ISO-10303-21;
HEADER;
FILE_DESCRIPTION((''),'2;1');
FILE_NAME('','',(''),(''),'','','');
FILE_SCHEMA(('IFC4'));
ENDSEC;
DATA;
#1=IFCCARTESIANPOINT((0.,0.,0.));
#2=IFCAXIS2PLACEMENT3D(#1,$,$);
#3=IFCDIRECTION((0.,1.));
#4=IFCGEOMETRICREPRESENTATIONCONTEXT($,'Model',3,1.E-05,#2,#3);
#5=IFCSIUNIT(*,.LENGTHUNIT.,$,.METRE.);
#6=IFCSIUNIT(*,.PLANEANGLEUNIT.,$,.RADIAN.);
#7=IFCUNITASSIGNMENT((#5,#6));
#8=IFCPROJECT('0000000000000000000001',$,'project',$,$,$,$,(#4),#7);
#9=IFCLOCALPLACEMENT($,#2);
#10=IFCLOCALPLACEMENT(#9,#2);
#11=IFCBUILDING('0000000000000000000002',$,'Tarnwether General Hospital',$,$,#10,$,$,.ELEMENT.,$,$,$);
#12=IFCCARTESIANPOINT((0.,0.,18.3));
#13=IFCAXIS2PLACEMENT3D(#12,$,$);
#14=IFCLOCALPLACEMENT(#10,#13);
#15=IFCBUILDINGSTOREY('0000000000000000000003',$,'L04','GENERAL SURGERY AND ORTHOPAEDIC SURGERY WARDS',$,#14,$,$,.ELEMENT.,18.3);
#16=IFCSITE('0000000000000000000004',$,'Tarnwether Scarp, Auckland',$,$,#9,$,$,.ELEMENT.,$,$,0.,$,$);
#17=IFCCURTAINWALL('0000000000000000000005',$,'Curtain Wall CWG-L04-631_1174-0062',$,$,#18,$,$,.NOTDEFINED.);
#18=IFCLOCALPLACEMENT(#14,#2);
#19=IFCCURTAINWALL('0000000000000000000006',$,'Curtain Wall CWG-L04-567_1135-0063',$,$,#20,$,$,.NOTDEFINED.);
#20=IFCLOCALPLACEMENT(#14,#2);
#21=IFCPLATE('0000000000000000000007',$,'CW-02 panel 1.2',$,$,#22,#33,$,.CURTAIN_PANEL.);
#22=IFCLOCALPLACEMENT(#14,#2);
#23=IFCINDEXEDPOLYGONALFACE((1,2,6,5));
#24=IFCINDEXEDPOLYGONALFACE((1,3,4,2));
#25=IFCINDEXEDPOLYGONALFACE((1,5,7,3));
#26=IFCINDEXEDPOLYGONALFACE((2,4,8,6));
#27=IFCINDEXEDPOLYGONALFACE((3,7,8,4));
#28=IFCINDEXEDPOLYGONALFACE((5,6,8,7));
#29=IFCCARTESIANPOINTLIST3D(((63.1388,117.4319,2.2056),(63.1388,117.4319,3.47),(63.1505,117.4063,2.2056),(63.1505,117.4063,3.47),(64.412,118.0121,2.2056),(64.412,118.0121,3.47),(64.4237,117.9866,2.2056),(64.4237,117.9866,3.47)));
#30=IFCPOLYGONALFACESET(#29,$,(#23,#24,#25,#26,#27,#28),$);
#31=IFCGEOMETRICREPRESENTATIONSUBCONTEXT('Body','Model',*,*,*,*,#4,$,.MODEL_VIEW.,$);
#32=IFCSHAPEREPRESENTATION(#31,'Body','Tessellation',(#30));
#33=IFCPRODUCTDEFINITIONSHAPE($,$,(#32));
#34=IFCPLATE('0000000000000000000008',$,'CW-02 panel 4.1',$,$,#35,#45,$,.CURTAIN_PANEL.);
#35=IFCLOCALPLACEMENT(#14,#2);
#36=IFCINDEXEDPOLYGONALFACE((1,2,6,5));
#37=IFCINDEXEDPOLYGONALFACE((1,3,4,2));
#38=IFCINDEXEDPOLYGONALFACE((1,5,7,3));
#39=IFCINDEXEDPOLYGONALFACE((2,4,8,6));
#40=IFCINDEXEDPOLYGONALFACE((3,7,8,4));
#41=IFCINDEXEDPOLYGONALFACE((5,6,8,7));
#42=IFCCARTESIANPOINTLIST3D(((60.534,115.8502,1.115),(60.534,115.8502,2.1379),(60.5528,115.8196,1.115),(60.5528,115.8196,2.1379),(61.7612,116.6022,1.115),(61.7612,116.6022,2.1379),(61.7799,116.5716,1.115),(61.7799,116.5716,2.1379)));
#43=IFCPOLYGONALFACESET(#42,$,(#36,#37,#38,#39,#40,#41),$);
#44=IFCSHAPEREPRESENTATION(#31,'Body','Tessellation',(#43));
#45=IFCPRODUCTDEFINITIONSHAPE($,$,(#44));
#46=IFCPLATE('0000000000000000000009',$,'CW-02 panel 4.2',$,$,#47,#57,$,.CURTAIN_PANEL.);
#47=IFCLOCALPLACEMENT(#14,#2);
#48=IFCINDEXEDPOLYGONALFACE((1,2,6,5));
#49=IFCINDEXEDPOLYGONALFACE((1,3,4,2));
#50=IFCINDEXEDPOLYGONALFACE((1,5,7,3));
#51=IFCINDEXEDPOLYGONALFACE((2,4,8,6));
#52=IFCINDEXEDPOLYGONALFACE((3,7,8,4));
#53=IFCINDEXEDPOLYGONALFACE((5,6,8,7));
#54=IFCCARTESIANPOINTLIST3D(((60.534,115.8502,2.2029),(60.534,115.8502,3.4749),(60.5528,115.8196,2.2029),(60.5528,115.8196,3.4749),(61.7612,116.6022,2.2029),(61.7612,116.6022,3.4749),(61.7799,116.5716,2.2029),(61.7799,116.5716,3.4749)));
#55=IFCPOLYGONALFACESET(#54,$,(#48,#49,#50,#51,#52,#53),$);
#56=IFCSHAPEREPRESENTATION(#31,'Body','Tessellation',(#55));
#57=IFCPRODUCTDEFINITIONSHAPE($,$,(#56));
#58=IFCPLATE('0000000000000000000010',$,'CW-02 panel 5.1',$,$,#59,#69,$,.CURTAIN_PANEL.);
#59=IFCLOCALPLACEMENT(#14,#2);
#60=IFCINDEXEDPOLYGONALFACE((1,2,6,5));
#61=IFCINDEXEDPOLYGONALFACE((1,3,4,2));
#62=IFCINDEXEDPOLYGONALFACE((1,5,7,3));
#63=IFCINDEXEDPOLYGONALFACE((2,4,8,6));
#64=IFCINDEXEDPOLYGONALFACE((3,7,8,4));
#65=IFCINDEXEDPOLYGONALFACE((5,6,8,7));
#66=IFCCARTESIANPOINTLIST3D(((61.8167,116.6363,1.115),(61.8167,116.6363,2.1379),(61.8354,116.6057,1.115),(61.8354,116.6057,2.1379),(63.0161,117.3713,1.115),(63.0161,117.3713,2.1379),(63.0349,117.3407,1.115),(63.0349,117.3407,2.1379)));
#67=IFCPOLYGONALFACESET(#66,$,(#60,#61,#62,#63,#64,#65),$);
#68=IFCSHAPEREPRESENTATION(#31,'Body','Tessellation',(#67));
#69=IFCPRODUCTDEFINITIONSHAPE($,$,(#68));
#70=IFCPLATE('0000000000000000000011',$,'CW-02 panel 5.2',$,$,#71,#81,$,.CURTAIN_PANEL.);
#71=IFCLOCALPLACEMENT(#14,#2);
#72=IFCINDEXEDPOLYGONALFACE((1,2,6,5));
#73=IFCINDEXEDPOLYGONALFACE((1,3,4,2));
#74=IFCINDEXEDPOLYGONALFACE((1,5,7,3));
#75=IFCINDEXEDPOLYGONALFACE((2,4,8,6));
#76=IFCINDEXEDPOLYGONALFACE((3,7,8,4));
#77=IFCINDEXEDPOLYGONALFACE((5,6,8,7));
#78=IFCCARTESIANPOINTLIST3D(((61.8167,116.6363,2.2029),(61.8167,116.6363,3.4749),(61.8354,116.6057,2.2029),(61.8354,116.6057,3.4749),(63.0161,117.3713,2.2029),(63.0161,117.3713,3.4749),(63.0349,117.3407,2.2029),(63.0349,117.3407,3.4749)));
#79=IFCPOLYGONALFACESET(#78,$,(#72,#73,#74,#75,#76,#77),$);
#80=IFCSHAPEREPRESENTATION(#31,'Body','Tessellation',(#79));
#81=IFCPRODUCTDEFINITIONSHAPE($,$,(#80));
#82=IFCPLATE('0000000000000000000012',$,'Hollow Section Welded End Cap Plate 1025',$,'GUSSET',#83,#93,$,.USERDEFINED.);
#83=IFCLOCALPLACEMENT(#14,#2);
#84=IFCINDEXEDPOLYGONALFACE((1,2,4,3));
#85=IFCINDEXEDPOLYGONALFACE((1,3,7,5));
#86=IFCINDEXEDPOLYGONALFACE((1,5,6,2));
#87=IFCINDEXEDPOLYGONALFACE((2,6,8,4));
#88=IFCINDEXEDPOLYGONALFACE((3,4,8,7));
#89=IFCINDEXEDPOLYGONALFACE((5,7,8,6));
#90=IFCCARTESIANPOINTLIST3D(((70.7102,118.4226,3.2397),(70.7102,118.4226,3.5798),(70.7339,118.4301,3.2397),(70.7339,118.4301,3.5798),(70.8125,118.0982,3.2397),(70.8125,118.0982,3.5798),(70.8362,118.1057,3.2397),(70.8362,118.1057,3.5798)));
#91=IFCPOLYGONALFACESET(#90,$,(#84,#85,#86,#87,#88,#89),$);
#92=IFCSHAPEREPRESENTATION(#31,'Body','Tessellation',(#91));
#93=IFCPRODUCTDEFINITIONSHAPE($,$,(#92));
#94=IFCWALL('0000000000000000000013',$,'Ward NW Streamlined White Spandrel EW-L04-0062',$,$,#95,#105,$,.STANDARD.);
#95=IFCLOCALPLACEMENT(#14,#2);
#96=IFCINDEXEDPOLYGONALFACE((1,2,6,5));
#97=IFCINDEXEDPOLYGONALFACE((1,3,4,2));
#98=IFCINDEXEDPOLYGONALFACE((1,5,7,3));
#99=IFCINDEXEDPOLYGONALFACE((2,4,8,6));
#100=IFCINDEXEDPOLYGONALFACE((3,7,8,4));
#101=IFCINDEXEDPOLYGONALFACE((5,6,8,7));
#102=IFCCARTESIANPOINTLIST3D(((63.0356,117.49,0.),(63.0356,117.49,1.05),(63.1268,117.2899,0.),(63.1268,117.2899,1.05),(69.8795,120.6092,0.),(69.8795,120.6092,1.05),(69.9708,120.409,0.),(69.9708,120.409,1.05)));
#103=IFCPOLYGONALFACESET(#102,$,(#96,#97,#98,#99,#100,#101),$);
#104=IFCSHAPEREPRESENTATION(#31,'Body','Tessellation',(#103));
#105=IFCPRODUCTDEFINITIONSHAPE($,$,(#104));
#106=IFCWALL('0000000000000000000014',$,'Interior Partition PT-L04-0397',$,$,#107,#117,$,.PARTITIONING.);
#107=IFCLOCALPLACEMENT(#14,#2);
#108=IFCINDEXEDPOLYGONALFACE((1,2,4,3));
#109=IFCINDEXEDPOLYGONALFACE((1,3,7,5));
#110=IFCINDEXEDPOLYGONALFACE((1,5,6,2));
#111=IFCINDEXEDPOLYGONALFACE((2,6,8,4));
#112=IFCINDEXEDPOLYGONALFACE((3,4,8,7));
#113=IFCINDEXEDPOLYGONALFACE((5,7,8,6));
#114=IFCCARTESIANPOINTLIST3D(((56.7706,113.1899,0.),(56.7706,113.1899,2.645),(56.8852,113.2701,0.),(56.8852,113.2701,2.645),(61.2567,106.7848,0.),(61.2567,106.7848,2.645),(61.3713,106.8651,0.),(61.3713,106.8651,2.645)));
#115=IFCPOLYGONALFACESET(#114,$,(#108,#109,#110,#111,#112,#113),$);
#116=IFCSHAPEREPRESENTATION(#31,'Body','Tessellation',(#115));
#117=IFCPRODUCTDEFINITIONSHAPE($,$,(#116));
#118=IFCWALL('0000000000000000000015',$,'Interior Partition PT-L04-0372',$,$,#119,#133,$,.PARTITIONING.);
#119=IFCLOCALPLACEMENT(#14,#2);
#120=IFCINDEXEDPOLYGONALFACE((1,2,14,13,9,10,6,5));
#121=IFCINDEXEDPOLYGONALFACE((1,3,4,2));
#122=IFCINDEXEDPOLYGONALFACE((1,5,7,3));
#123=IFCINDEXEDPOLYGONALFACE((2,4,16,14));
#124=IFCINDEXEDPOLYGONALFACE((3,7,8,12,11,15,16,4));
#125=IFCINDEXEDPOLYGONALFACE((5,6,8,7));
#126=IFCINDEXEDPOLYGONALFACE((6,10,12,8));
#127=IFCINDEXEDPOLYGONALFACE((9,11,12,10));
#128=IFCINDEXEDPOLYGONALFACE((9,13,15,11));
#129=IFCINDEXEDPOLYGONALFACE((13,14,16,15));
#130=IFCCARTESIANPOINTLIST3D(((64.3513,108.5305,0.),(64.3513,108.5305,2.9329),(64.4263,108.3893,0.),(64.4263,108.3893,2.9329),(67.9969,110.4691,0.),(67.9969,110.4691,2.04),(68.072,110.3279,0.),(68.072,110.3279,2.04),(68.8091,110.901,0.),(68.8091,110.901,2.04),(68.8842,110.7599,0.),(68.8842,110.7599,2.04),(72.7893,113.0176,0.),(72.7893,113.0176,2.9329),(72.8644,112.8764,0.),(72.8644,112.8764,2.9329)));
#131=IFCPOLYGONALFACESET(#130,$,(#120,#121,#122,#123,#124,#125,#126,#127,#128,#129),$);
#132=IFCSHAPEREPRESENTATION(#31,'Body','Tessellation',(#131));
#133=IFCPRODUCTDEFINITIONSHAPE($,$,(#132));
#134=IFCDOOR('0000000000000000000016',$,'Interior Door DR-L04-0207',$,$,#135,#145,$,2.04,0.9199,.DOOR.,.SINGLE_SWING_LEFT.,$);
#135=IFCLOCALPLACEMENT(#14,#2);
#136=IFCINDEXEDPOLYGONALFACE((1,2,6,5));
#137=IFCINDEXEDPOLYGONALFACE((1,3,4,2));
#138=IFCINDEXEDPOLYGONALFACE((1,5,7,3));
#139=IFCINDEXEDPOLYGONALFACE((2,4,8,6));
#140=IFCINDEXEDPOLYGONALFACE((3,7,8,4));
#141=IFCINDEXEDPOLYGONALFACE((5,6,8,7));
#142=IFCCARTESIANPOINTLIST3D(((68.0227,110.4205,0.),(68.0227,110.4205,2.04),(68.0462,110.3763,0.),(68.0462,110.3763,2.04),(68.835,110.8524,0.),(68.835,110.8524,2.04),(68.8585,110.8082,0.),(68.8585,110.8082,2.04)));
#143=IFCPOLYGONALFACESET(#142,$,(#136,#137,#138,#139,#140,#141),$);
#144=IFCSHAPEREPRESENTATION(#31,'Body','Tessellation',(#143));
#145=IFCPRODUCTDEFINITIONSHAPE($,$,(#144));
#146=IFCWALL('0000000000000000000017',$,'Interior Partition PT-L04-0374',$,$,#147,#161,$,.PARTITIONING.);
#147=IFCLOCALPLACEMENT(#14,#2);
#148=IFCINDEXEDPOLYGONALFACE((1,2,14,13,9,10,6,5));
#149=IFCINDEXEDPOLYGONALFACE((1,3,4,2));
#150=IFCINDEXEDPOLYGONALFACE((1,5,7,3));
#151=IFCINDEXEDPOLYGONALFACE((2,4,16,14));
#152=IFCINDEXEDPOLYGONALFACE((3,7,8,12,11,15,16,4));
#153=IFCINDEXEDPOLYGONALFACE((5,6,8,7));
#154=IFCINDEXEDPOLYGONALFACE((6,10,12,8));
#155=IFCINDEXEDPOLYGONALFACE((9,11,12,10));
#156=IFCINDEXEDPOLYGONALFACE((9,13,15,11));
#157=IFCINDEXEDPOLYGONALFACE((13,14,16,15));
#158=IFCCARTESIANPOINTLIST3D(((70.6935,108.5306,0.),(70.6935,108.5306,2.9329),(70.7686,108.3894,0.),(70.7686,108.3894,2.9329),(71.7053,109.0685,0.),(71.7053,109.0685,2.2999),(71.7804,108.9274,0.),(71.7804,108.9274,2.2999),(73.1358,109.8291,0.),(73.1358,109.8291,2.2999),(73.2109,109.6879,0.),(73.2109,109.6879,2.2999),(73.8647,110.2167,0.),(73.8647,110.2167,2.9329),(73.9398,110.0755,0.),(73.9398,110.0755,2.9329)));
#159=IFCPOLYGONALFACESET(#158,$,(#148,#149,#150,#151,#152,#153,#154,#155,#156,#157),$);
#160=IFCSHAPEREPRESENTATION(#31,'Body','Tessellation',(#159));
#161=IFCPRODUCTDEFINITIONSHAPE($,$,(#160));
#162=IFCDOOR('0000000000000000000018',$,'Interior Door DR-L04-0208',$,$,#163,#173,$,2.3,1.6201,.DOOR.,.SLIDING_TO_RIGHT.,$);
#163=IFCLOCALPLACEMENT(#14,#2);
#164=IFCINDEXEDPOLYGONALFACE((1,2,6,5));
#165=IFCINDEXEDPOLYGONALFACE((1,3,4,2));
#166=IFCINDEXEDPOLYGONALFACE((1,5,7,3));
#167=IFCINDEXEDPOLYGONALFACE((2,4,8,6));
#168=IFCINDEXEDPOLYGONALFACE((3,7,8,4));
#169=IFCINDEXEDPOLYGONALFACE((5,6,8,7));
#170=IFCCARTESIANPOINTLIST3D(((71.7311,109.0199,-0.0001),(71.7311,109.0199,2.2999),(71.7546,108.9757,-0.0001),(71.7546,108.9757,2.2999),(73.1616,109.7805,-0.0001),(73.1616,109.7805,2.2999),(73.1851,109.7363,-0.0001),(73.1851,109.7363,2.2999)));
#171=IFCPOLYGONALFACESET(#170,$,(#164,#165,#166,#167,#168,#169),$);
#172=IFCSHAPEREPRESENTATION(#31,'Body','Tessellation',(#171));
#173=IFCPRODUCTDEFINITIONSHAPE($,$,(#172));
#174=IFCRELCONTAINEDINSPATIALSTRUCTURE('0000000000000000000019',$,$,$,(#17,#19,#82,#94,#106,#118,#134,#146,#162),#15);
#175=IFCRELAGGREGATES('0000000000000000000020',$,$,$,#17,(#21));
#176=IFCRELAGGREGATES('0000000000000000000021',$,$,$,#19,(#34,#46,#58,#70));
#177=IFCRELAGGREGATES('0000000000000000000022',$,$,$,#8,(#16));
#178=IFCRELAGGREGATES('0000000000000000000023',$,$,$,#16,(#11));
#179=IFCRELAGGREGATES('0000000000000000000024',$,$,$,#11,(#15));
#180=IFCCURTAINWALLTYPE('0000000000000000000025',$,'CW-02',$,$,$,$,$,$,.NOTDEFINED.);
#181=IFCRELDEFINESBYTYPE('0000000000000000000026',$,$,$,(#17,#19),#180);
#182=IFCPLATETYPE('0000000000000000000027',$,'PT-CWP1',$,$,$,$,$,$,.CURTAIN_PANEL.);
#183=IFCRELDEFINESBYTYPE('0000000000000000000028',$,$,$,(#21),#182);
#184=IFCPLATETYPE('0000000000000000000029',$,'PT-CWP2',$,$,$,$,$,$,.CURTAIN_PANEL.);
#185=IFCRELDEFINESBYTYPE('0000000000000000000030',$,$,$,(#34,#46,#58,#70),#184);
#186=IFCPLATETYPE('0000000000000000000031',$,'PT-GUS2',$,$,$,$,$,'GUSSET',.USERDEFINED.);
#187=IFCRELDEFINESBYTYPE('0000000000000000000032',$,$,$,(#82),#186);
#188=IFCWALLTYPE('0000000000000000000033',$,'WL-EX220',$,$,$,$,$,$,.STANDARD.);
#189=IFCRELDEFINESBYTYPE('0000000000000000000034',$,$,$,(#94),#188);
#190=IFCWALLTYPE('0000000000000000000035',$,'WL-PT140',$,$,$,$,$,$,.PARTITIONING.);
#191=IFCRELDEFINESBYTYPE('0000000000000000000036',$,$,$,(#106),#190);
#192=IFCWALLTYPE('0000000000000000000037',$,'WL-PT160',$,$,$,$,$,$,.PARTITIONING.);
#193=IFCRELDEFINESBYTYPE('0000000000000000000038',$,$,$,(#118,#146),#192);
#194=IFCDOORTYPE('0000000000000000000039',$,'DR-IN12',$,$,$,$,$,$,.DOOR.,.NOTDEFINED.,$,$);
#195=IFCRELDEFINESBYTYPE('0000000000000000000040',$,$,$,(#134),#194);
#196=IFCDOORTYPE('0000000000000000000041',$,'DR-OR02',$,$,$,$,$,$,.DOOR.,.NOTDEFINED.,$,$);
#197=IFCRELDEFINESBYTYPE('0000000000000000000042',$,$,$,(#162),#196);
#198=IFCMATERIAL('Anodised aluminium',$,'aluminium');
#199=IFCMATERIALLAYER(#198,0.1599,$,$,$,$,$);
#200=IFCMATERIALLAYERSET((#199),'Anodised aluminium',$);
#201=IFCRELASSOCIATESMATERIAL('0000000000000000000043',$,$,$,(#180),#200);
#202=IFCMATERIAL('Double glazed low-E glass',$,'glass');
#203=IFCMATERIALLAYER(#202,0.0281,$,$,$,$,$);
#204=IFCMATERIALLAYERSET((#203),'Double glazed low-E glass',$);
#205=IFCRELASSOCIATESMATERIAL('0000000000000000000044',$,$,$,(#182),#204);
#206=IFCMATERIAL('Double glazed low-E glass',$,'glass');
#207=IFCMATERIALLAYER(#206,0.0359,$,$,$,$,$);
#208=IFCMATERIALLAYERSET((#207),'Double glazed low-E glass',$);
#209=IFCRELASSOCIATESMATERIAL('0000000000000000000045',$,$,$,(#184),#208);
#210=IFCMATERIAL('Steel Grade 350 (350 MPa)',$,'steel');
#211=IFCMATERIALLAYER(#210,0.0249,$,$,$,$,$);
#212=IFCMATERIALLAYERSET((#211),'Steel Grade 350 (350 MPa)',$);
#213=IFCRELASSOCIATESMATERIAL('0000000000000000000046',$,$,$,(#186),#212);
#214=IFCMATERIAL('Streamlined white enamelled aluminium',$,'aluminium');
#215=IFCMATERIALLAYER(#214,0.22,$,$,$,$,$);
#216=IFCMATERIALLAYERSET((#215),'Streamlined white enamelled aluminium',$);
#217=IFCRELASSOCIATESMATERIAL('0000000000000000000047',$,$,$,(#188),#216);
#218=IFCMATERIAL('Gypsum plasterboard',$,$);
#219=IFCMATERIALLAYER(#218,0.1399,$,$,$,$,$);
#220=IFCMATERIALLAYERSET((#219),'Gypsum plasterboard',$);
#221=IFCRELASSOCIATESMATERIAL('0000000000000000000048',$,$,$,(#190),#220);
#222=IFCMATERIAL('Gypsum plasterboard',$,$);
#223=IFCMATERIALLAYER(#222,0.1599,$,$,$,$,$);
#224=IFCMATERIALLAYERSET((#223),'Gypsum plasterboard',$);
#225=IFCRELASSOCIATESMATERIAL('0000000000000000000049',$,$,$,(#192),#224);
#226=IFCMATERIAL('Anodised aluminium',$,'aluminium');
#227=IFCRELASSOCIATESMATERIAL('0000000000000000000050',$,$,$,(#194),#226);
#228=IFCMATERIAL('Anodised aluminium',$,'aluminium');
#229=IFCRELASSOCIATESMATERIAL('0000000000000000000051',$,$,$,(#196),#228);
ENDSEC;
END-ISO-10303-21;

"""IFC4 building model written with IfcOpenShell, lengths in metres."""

from ifc_helpers import new_model, si_unit, direction, frame, frame_2d, origin, origin_2d, place, context, subcontext, project, spatial, rectangle, extrude, material, layer, layer_set, type_object, element, fill, aggregate, save


model = new_model("IFC4")

# Units and contexts
model_context = context("Model", 3, precision=1e-05, world=origin(), true_north=direction((0.0, 1.0)))
body_context = subcontext(model_context, "Body", "Model", "MODEL_VIEW")
ifc_project = project(units=[si_unit("LENGTHUNIT", "METRE"), si_unit("PLANEANGLEUNIT", "RADIAN")], contexts=[model_context])

# Site, building, storey
site_placement = place(None, origin())
site = spatial("IfcSite", under=ifc_project, at=site_placement, Name="Tarnwether Scarp, Auckland", CompositionType="ELEMENT", RefElevation=0.0)
building_placement = place(site_placement, origin())
building = spatial("IfcBuilding", under=site, at=building_placement, Name="Tarnwether General Hospital", CompositionType="ELEMENT")
storey_placement = place(building_placement, frame((0.0, 0.0, 18.3)))
storey = spatial("IfcBuildingStorey", under=building, at=storey_placement, Name="L04", Description="GENERAL SURGERY AND ORTHOPAEDIC SURGERY WARDS", CompositionType="ELEMENT", Elevation=18.3)

# Curtain walls
ifc_material_1 = material(Name="Anodised aluminium", Category="aluminium")
ifc_layer_1 = layer(ifc_material_1, 0.1599)
ifc_layer_set_1 = layer_set([ifc_layer_1], Name="Anodised aluminium")
curtain_wall_type = type_object("IfcCurtainWallType", Name="CW-02", PredefinedType="NOTDEFINED", material=ifc_layer_set_1)
curtain_wall_1_placement = place(storey_placement, origin())
curtain_wall_1 = element("IfcCurtainWall", 1, at=curtain_wall_1_placement, inside=storey, type_object=curtain_wall_type, Name="Curtain Wall CWG-L04-631_1174-0062", PredefinedType="NOTDEFINED")
curtain_wall_2_placement = place(storey_placement, origin())
curtain_wall_2 = element("IfcCurtainWall", 2, at=curtain_wall_2_placement, inside=storey, type_object=curtain_wall_type, Name="Curtain Wall CWG-L04-567_1135-0063", PredefinedType="NOTDEFINED")

# Plates
ifc_material_2 = material(Name="Double glazed low-E glass", Category="glass")
ifc_layer_2 = layer(ifc_material_2, 0.0281)
ifc_layer_set_2 = layer_set([ifc_layer_2], Name="Double glazed low-E glass")
plate_type_1 = type_object("IfcPlateType", Name="PT-CWP1", PredefinedType="CURTAIN_PANEL", material=ifc_layer_set_2)
plate_1_placement = place(storey_placement, frame((63.7812, 117.7092, 2.2056), z_axis=(0.0, 0.0, 1.0), x_axis=(0.909961, 0.414694, 0.0)))
plate_1 = element("IfcPlate", 3, at=plate_1_placement, type_object=plate_type_1, Name="CW-02 panel 1.2", PredefinedType="CURTAIN_PANEL", context=body_context, shape_type="SweptSolid", body=[
    extrude(rectangle(XDim=1.3992, YDim=0.0281, at=origin_2d()), origin(), (0.0, 0.0, 1.0), 1.2644),
])
aggregate(curtain_wall_1, [plate_1])
ifc_material_3 = material(Name="Double glazed low-E glass", Category="glass")
ifc_layer_3 = layer(ifc_material_3, 0.0359)
ifc_layer_set_3 = layer_set([ifc_layer_3], Name="Double glazed low-E glass")
plate_type_2 = type_object("IfcPlateType", Name="PT-CWP2", PredefinedType="CURTAIN_PANEL", material=ifc_layer_set_3)
plate_2_placement = place(storey_placement, frame((61.157, 116.2109, 1.115), z_axis=(0.0, 0.0, 1.0), x_axis=(0.852634, 0.522509, 0.0)))
plate_2 = element("IfcPlate", 4, at=plate_2_placement, type_object=plate_type_2, Name="CW-02 panel 4.1", PredefinedType="CURTAIN_PANEL", context=body_context, shape_type="SweptSolid", body=[
    extrude(rectangle(XDim=1.4392, YDim=0.0359, at=origin_2d()), origin(), (0.0, 0.0, 1.0), 1.0229),
])
plate_3_placement = place(storey_placement, frame((61.157, 116.2109, 2.2029), z_axis=(0.0, 0.0, 1.0), x_axis=(0.852634, 0.522509, 0.0)))
plate_3 = element("IfcPlate", 5, at=plate_3_placement, type_object=plate_type_2, Name="CW-02 panel 4.2", PredefinedType="CURTAIN_PANEL", context=body_context, shape_type="SweptSolid", body=[
    extrude(rectangle(XDim=1.4392, YDim=0.0359, at=origin_2d()), origin(), (0.0, 0.0, 1.0), 1.272),
])
plate_4_placement = place(storey_placement, frame((62.4258, 116.9885, 1.115), z_axis=(0.0, 0.0, 1.0), x_axis=(0.852634, 0.522509, 0.0)))
plate_4 = element("IfcPlate", 6, at=plate_4_placement, type_object=plate_type_2, Name="CW-02 panel 5.1", PredefinedType="CURTAIN_PANEL", context=body_context, shape_type="SweptSolid", body=[
    extrude(rectangle(XDim=1.4067, YDim=0.0359, at=origin_2d()), origin(), (0.0, 0.0, 1.0), 1.0229),
])
plate_5_placement = place(storey_placement, frame((62.4258, 116.9885, 2.2029), z_axis=(0.0, 0.0, 1.0), x_axis=(0.852634, 0.522509, 0.0)))
plate_5 = element("IfcPlate", 7, at=plate_5_placement, type_object=plate_type_2, Name="CW-02 panel 5.2", PredefinedType="CURTAIN_PANEL", context=body_context, shape_type="SweptSolid", body=[
    extrude(rectangle(XDim=1.4067, YDim=0.0359, at=origin_2d()), origin(), (0.0, 0.0, 1.0), 1.272),
])
aggregate(curtain_wall_2, [plate_2, plate_3, plate_4, plate_5])
ifc_material_4 = material(Name="Steel Grade 350 (350 MPa)", Category="steel")
ifc_layer_4 = layer(ifc_material_4, 0.0249)
ifc_layer_set_4 = layer_set([ifc_layer_4], Name="Steel Grade 350 (350 MPa)")
plate_type_3 = type_object("IfcPlateType", Name="PT-GUS2", ElementType="GUSSET", PredefinedType="USERDEFINED", material=ifc_layer_set_4)
plate_6_placement = place(storey_placement, frame((70.7732, 118.2642, 3.2397), z_axis=(0.0, 0.0, 1.0), x_axis=(0.953691, 0.300789, 0.0)))
element("IfcPlate", 8, at=plate_6_placement, inside=storey, type_object=plate_type_3, Name="Hollow Section Welded End Cap Plate 1025", ObjectType="GUSSET", PredefinedType="USERDEFINED", context=body_context, shape_type="SweptSolid", body=[
    extrude(rectangle(XDim=0.0249, YDim=0.3401, at=origin_2d()), origin(), (0.0, 0.0, 1.0), 0.3401),
])

# Walls
ifc_material_5 = material(Name="Streamlined white enamelled aluminium", Category="aluminium")
ifc_layer_5 = layer(ifc_material_5, 0.22)
ifc_layer_set_5 = layer_set([ifc_layer_5], Name="Streamlined white enamelled aluminium")
wall_type_1 = type_object("IfcWallType", Name="WL-EX220", PredefinedType="STANDARD", material=ifc_layer_set_5)
wall_1_placement = place(storey_placement, frame((63.0811, 117.3899, 0.0), z_axis=(0.0, 0.0, 1.0), x_axis=(0.909954, 0.41471, 0.0)))
element("IfcWall", 9, at=wall_1_placement, inside=storey, type_object=wall_type_1, Name="Ward NW Streamlined White Spandrel EW-L04-0062", PredefinedType="STANDARD", context=body_context, shape_type="SweptSolid", body=[
    extrude(rectangle(XDim=7.5212, YDim=0.22, at=frame_2d((3.7607, 0.0))), origin(), (0.0, 0.0, 1.0), 1.05),
])
ifc_material_6 = material(Name="Gypsum plasterboard")
ifc_layer_6 = layer(ifc_material_6, 0.1399)
ifc_layer_set_6 = layer_set([ifc_layer_6], Name="Gypsum plasterboard")
wall_type_2 = type_object("IfcWallType", Name="WL-PT140", PredefinedType="PARTITIONING", material=ifc_layer_set_6)
wall_2_placement = place(storey_placement, frame((61.314, 106.825, 0.0), z_axis=(0.0, 0.0, 1.0), x_axis=(-0.573682, 0.819078, 0.0)))
element("IfcWall", 10, at=wall_2_placement, inside=storey, type_object=wall_type_2, Name="Interior Partition PT-L04-0397", PredefinedType="PARTITIONING", context=body_context, shape_type="SweptSolid", body=[
    extrude(rectangle(XDim=7.8198, YDim=0.1399, at=frame_2d((3.9099, 0.0))), origin(), (0.0, 0.0, 1.0), 2.645),
])

# Walls, openings, doors
ifc_material_7 = material(Name="Gypsum plasterboard")
ifc_layer_7 = layer(ifc_material_7, 0.1599)
ifc_layer_set_7 = layer_set([ifc_layer_7], Name="Gypsum plasterboard")
wall_type_3 = type_object("IfcWallType", Name="WL-PT160", PredefinedType="PARTITIONING", material=ifc_layer_set_7)
wall_3_placement = place(storey_placement, frame((64.3889, 108.46, 0.0), z_axis=(0.0, 0.0, 1.0), x_axis=(0.882926, 0.469513, 0.0)))
wall_3 = element("IfcWall", 11, at=wall_3_placement, inside=storey, type_object=wall_type_3, Name="Interior Partition PT-L04-0372", PredefinedType="PARTITIONING", context=body_context, shape_type="SweptSolid", body=[
    extrude(rectangle(XDim=9.5569, YDim=0.1599, at=frame_2d((4.7783, 0.0))), origin(), (0.0, 0.0, 1.0), 2.9329),
])
opening_1_placement = place(wall_3_placement, frame((4.1289, 0.0, 0.0)))
opening_1 = element("IfcOpeningElement", 12, at=opening_1_placement, cuts=wall_3, PredefinedType="OPENING", context=body_context, shape_type="SweptSolid", body=[
    extrude(rectangle(XDim=0.9199, YDim=2.04, at=frame_2d((0.46, 1.02))), frame((0.0, 0.0898, 0.0), z_axis=(0.0, -1.0, 0.0), x_axis=(1.0, 0.0, 0.0)), (0.0, 0.0, 1.0), 0.1799),
])
ifc_material_8 = material(Name="Anodised aluminium", Category="aluminium")
door_type_1 = type_object("IfcDoorType", Name="DR-IN12", OperationType="NOTDEFINED", PredefinedType="DOOR", material=ifc_material_8)
door_1_placement = place(opening_1_placement, origin())
door_1 = element("IfcDoor", 13, at=door_1_placement, inside=storey, type_object=door_type_1, Name="Interior Door DR-L04-0207", OperationType="SINGLE_SWING_LEFT", OverallHeight=2.04, OverallWidth=0.9199, PredefinedType="DOOR", context=body_context, shape_type="SweptSolid", body=[
    extrude(rectangle(XDim=0.9199, YDim=2.04, at=frame_2d((0.46, 1.02))), frame((0.0, 0.0249, 0.0), z_axis=(0.0, -1.0, 0.0), x_axis=(1.0, 0.0, 0.0)), (0.0, 0.0, 1.0), 0.05),
])
fill(opening_1, door_1)
wall_4_placement = place(storey_placement, frame((70.731, 108.46, 0.0), z_axis=(0.0, 0.0, 1.0), x_axis=(0.882958, 0.469452, 0.0)))
wall_4 = element("IfcWall", 14, at=wall_4_placement, inside=storey, type_object=wall_type_3, Name="Interior Partition PT-L04-0374", PredefinedType="PARTITIONING", context=body_context, shape_type="SweptSolid", body=[
    extrude(rectangle(XDim=3.5916, YDim=0.1599, at=frame_2d((1.7959, 0.0))), origin(), (0.0, 0.0, 1.0), 2.9329),
])
opening_2_placement = place(wall_4_placement, frame((1.146, 0.0, 0.0)))
opening_2 = element("IfcOpeningElement", 15, at=opening_2_placement, cuts=wall_4, PredefinedType="OPENING", context=body_context, shape_type="SweptSolid", body=[
    extrude(rectangle(XDim=1.6201, YDim=2.3, at=frame_2d((0.8101, 1.1499))), frame((0.0, 0.0898, 0.0), z_axis=(0.0, -1.0, 0.0), x_axis=(1.0, 0.0, 0.0)), (0.0, 0.0, 1.0), 0.1799),
])
ifc_material_9 = material(Name="Anodised aluminium", Category="aluminium")
door_type_2 = type_object("IfcDoorType", Name="DR-OR02", OperationType="NOTDEFINED", PredefinedType="DOOR", material=ifc_material_9)
door_2_placement = place(opening_2_placement, origin())
door_2 = element("IfcDoor", 16, at=door_2_placement, inside=storey, type_object=door_type_2, Name="Interior Door DR-L04-0208", OperationType="SLIDING_TO_RIGHT", OverallHeight=2.3, OverallWidth=1.6201, PredefinedType="DOOR", context=body_context, shape_type="SweptSolid", body=[
    extrude(rectangle(XDim=1.6201, YDim=2.3, at=frame_2d((0.8101, 1.1499))), frame((0.0, 0.0249, 0.0), z_axis=(0.0, -1.0, 0.0), x_axis=(1.0, 0.0, 0.0)), (0.0, 0.0, 1.0), 0.05),
])
fill(opening_2, door_2)

save(model, "model.ifc")
